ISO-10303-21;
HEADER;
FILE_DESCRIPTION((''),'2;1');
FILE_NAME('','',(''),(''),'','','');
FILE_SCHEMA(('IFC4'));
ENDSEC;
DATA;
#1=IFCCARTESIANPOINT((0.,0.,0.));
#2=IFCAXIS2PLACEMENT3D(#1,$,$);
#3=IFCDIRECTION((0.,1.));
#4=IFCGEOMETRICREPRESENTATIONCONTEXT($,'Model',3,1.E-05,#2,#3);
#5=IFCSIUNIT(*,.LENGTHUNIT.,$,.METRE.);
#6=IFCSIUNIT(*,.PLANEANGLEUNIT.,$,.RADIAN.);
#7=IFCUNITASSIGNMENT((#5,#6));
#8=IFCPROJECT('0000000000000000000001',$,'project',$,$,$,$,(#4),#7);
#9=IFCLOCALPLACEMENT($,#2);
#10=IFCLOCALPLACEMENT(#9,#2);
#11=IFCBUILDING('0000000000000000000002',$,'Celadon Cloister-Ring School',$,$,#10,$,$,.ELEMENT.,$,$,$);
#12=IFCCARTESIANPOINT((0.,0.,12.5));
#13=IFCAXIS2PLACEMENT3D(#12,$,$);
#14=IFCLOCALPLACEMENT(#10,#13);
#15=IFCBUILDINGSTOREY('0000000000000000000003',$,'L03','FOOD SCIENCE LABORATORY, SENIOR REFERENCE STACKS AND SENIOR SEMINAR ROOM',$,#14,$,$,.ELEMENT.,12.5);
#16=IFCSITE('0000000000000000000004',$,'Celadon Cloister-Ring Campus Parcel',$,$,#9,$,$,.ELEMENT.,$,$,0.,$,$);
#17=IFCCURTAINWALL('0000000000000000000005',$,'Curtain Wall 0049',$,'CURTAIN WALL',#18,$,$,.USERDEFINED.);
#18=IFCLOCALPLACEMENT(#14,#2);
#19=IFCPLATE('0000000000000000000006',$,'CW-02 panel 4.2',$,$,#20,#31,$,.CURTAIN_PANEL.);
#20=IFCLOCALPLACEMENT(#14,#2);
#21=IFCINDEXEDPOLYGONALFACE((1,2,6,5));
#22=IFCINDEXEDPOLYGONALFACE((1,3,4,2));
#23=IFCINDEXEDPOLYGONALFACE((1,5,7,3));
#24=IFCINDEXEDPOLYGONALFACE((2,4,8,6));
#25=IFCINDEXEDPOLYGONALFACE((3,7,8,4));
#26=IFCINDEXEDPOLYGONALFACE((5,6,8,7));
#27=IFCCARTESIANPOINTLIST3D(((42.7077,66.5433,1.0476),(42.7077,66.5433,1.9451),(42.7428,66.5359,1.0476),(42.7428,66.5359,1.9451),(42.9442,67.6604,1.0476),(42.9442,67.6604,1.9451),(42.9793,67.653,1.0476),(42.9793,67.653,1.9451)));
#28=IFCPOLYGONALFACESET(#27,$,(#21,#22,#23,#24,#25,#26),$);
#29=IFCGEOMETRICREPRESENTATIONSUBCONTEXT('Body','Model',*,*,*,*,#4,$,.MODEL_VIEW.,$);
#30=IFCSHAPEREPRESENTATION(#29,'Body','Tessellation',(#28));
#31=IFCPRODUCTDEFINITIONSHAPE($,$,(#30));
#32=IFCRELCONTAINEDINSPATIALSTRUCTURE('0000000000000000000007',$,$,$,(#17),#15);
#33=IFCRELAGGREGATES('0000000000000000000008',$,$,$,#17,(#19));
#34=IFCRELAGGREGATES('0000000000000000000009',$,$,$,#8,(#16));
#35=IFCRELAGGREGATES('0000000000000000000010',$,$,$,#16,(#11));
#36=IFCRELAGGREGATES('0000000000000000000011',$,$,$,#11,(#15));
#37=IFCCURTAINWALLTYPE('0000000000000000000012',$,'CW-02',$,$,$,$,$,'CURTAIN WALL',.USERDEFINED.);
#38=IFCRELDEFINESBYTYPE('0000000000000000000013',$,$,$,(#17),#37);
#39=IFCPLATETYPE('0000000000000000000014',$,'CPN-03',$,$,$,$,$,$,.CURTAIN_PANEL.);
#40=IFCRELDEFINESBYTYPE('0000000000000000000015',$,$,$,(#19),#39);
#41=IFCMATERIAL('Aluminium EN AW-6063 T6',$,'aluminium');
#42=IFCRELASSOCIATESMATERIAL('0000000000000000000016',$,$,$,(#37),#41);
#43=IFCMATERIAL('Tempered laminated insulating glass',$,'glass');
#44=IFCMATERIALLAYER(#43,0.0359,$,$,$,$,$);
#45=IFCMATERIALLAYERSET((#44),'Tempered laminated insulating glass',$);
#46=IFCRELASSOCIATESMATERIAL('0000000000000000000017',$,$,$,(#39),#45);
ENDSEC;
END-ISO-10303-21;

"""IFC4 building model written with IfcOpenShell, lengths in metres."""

from ifc_helpers import new_model, si_unit, direction, frame, origin, origin_2d, place, context, subcontext, project, spatial, rectangle, extrude, material, layer, layer_set, type_object, element, aggregate, save


model = new_model("IFC4")

# Units and contexts
model_context = context("Model", 3, precision=1e-05, world=origin(), true_north=direction((0.0, 1.0)))
body_context = subcontext(model_context, "Body", "Model", "MODEL_VIEW")
ifc_project = project(units=[si_unit("LENGTHUNIT", "METRE"), si_unit("PLANEANGLEUNIT", "RADIAN")], contexts=[model_context])

# Site, building, storey
site_placement = place(None, origin())
site = spatial("IfcSite", under=ifc_project, at=site_placement, Name="Celadon Cloister-Ring Campus Parcel", CompositionType="ELEMENT", RefElevation=0.0)
building_placement = place(site_placement, origin())
building = spatial("IfcBuilding", under=site, at=building_placement, Name="Celadon Cloister-Ring School", CompositionType="ELEMENT")
storey_placement = place(building_placement, frame((0.0, 0.0, 12.5)))
storey = spatial("IfcBuildingStorey", under=building, at=storey_placement, Name="L03", Description="FOOD SCIENCE LABORATORY, SENIOR REFERENCE STACKS AND SENIOR SEMINAR ROOM", CompositionType="ELEMENT", Elevation=12.5)

# Curtain wall
ifc_material_1 = material(Name="Aluminium EN AW-6063 T6", Category="aluminium")
curtain_wall_type = type_object("IfcCurtainWallType", Name="CW-02", ElementType="CURTAIN WALL", PredefinedType="USERDEFINED", material=ifc_material_1)
curtain_wall_placement = place(storey_placement, origin())
curtain_wall = element("IfcCurtainWall", 1, at=curtain_wall_placement, inside=storey, type_object=curtain_wall_type, Name="Curtain Wall 0049", ObjectType="CURTAIN WALL", PredefinedType="USERDEFINED")

# Plate
ifc_material_2 = material(Name="Tempered laminated insulating glass", Category="glass")
ifc_layer = layer(ifc_material_2, 0.0359)
ifc_layer_set = layer_set([ifc_layer], Name="Tempered laminated insulating glass")
plate_type = type_object("IfcPlateType", Name="CPN-03", PredefinedType="CURTAIN_PANEL", material=ifc_layer_set)
plate_1_placement = place(storey_placement, frame((42.8435, 67.0981, 1.0476), z_axis=(0.0, 0.0, 1.0), x_axis=(-0.207058, -0.978329, 0.0)))
plate_1 = element("IfcPlate", 2, at=plate_1_placement, type_object=plate_type, Name="CW-02 panel 4.2", PredefinedType="CURTAIN_PANEL", context=body_context, shape_type="SweptSolid", body=[
    extrude(rectangle(XDim=1.1418, YDim=0.0359, at=origin_2d()), origin(), (0.0, 0.0, 1.0), 0.8975),
])
aggregate(curtain_wall, [plate_1])

save(model, "model.ifc")
